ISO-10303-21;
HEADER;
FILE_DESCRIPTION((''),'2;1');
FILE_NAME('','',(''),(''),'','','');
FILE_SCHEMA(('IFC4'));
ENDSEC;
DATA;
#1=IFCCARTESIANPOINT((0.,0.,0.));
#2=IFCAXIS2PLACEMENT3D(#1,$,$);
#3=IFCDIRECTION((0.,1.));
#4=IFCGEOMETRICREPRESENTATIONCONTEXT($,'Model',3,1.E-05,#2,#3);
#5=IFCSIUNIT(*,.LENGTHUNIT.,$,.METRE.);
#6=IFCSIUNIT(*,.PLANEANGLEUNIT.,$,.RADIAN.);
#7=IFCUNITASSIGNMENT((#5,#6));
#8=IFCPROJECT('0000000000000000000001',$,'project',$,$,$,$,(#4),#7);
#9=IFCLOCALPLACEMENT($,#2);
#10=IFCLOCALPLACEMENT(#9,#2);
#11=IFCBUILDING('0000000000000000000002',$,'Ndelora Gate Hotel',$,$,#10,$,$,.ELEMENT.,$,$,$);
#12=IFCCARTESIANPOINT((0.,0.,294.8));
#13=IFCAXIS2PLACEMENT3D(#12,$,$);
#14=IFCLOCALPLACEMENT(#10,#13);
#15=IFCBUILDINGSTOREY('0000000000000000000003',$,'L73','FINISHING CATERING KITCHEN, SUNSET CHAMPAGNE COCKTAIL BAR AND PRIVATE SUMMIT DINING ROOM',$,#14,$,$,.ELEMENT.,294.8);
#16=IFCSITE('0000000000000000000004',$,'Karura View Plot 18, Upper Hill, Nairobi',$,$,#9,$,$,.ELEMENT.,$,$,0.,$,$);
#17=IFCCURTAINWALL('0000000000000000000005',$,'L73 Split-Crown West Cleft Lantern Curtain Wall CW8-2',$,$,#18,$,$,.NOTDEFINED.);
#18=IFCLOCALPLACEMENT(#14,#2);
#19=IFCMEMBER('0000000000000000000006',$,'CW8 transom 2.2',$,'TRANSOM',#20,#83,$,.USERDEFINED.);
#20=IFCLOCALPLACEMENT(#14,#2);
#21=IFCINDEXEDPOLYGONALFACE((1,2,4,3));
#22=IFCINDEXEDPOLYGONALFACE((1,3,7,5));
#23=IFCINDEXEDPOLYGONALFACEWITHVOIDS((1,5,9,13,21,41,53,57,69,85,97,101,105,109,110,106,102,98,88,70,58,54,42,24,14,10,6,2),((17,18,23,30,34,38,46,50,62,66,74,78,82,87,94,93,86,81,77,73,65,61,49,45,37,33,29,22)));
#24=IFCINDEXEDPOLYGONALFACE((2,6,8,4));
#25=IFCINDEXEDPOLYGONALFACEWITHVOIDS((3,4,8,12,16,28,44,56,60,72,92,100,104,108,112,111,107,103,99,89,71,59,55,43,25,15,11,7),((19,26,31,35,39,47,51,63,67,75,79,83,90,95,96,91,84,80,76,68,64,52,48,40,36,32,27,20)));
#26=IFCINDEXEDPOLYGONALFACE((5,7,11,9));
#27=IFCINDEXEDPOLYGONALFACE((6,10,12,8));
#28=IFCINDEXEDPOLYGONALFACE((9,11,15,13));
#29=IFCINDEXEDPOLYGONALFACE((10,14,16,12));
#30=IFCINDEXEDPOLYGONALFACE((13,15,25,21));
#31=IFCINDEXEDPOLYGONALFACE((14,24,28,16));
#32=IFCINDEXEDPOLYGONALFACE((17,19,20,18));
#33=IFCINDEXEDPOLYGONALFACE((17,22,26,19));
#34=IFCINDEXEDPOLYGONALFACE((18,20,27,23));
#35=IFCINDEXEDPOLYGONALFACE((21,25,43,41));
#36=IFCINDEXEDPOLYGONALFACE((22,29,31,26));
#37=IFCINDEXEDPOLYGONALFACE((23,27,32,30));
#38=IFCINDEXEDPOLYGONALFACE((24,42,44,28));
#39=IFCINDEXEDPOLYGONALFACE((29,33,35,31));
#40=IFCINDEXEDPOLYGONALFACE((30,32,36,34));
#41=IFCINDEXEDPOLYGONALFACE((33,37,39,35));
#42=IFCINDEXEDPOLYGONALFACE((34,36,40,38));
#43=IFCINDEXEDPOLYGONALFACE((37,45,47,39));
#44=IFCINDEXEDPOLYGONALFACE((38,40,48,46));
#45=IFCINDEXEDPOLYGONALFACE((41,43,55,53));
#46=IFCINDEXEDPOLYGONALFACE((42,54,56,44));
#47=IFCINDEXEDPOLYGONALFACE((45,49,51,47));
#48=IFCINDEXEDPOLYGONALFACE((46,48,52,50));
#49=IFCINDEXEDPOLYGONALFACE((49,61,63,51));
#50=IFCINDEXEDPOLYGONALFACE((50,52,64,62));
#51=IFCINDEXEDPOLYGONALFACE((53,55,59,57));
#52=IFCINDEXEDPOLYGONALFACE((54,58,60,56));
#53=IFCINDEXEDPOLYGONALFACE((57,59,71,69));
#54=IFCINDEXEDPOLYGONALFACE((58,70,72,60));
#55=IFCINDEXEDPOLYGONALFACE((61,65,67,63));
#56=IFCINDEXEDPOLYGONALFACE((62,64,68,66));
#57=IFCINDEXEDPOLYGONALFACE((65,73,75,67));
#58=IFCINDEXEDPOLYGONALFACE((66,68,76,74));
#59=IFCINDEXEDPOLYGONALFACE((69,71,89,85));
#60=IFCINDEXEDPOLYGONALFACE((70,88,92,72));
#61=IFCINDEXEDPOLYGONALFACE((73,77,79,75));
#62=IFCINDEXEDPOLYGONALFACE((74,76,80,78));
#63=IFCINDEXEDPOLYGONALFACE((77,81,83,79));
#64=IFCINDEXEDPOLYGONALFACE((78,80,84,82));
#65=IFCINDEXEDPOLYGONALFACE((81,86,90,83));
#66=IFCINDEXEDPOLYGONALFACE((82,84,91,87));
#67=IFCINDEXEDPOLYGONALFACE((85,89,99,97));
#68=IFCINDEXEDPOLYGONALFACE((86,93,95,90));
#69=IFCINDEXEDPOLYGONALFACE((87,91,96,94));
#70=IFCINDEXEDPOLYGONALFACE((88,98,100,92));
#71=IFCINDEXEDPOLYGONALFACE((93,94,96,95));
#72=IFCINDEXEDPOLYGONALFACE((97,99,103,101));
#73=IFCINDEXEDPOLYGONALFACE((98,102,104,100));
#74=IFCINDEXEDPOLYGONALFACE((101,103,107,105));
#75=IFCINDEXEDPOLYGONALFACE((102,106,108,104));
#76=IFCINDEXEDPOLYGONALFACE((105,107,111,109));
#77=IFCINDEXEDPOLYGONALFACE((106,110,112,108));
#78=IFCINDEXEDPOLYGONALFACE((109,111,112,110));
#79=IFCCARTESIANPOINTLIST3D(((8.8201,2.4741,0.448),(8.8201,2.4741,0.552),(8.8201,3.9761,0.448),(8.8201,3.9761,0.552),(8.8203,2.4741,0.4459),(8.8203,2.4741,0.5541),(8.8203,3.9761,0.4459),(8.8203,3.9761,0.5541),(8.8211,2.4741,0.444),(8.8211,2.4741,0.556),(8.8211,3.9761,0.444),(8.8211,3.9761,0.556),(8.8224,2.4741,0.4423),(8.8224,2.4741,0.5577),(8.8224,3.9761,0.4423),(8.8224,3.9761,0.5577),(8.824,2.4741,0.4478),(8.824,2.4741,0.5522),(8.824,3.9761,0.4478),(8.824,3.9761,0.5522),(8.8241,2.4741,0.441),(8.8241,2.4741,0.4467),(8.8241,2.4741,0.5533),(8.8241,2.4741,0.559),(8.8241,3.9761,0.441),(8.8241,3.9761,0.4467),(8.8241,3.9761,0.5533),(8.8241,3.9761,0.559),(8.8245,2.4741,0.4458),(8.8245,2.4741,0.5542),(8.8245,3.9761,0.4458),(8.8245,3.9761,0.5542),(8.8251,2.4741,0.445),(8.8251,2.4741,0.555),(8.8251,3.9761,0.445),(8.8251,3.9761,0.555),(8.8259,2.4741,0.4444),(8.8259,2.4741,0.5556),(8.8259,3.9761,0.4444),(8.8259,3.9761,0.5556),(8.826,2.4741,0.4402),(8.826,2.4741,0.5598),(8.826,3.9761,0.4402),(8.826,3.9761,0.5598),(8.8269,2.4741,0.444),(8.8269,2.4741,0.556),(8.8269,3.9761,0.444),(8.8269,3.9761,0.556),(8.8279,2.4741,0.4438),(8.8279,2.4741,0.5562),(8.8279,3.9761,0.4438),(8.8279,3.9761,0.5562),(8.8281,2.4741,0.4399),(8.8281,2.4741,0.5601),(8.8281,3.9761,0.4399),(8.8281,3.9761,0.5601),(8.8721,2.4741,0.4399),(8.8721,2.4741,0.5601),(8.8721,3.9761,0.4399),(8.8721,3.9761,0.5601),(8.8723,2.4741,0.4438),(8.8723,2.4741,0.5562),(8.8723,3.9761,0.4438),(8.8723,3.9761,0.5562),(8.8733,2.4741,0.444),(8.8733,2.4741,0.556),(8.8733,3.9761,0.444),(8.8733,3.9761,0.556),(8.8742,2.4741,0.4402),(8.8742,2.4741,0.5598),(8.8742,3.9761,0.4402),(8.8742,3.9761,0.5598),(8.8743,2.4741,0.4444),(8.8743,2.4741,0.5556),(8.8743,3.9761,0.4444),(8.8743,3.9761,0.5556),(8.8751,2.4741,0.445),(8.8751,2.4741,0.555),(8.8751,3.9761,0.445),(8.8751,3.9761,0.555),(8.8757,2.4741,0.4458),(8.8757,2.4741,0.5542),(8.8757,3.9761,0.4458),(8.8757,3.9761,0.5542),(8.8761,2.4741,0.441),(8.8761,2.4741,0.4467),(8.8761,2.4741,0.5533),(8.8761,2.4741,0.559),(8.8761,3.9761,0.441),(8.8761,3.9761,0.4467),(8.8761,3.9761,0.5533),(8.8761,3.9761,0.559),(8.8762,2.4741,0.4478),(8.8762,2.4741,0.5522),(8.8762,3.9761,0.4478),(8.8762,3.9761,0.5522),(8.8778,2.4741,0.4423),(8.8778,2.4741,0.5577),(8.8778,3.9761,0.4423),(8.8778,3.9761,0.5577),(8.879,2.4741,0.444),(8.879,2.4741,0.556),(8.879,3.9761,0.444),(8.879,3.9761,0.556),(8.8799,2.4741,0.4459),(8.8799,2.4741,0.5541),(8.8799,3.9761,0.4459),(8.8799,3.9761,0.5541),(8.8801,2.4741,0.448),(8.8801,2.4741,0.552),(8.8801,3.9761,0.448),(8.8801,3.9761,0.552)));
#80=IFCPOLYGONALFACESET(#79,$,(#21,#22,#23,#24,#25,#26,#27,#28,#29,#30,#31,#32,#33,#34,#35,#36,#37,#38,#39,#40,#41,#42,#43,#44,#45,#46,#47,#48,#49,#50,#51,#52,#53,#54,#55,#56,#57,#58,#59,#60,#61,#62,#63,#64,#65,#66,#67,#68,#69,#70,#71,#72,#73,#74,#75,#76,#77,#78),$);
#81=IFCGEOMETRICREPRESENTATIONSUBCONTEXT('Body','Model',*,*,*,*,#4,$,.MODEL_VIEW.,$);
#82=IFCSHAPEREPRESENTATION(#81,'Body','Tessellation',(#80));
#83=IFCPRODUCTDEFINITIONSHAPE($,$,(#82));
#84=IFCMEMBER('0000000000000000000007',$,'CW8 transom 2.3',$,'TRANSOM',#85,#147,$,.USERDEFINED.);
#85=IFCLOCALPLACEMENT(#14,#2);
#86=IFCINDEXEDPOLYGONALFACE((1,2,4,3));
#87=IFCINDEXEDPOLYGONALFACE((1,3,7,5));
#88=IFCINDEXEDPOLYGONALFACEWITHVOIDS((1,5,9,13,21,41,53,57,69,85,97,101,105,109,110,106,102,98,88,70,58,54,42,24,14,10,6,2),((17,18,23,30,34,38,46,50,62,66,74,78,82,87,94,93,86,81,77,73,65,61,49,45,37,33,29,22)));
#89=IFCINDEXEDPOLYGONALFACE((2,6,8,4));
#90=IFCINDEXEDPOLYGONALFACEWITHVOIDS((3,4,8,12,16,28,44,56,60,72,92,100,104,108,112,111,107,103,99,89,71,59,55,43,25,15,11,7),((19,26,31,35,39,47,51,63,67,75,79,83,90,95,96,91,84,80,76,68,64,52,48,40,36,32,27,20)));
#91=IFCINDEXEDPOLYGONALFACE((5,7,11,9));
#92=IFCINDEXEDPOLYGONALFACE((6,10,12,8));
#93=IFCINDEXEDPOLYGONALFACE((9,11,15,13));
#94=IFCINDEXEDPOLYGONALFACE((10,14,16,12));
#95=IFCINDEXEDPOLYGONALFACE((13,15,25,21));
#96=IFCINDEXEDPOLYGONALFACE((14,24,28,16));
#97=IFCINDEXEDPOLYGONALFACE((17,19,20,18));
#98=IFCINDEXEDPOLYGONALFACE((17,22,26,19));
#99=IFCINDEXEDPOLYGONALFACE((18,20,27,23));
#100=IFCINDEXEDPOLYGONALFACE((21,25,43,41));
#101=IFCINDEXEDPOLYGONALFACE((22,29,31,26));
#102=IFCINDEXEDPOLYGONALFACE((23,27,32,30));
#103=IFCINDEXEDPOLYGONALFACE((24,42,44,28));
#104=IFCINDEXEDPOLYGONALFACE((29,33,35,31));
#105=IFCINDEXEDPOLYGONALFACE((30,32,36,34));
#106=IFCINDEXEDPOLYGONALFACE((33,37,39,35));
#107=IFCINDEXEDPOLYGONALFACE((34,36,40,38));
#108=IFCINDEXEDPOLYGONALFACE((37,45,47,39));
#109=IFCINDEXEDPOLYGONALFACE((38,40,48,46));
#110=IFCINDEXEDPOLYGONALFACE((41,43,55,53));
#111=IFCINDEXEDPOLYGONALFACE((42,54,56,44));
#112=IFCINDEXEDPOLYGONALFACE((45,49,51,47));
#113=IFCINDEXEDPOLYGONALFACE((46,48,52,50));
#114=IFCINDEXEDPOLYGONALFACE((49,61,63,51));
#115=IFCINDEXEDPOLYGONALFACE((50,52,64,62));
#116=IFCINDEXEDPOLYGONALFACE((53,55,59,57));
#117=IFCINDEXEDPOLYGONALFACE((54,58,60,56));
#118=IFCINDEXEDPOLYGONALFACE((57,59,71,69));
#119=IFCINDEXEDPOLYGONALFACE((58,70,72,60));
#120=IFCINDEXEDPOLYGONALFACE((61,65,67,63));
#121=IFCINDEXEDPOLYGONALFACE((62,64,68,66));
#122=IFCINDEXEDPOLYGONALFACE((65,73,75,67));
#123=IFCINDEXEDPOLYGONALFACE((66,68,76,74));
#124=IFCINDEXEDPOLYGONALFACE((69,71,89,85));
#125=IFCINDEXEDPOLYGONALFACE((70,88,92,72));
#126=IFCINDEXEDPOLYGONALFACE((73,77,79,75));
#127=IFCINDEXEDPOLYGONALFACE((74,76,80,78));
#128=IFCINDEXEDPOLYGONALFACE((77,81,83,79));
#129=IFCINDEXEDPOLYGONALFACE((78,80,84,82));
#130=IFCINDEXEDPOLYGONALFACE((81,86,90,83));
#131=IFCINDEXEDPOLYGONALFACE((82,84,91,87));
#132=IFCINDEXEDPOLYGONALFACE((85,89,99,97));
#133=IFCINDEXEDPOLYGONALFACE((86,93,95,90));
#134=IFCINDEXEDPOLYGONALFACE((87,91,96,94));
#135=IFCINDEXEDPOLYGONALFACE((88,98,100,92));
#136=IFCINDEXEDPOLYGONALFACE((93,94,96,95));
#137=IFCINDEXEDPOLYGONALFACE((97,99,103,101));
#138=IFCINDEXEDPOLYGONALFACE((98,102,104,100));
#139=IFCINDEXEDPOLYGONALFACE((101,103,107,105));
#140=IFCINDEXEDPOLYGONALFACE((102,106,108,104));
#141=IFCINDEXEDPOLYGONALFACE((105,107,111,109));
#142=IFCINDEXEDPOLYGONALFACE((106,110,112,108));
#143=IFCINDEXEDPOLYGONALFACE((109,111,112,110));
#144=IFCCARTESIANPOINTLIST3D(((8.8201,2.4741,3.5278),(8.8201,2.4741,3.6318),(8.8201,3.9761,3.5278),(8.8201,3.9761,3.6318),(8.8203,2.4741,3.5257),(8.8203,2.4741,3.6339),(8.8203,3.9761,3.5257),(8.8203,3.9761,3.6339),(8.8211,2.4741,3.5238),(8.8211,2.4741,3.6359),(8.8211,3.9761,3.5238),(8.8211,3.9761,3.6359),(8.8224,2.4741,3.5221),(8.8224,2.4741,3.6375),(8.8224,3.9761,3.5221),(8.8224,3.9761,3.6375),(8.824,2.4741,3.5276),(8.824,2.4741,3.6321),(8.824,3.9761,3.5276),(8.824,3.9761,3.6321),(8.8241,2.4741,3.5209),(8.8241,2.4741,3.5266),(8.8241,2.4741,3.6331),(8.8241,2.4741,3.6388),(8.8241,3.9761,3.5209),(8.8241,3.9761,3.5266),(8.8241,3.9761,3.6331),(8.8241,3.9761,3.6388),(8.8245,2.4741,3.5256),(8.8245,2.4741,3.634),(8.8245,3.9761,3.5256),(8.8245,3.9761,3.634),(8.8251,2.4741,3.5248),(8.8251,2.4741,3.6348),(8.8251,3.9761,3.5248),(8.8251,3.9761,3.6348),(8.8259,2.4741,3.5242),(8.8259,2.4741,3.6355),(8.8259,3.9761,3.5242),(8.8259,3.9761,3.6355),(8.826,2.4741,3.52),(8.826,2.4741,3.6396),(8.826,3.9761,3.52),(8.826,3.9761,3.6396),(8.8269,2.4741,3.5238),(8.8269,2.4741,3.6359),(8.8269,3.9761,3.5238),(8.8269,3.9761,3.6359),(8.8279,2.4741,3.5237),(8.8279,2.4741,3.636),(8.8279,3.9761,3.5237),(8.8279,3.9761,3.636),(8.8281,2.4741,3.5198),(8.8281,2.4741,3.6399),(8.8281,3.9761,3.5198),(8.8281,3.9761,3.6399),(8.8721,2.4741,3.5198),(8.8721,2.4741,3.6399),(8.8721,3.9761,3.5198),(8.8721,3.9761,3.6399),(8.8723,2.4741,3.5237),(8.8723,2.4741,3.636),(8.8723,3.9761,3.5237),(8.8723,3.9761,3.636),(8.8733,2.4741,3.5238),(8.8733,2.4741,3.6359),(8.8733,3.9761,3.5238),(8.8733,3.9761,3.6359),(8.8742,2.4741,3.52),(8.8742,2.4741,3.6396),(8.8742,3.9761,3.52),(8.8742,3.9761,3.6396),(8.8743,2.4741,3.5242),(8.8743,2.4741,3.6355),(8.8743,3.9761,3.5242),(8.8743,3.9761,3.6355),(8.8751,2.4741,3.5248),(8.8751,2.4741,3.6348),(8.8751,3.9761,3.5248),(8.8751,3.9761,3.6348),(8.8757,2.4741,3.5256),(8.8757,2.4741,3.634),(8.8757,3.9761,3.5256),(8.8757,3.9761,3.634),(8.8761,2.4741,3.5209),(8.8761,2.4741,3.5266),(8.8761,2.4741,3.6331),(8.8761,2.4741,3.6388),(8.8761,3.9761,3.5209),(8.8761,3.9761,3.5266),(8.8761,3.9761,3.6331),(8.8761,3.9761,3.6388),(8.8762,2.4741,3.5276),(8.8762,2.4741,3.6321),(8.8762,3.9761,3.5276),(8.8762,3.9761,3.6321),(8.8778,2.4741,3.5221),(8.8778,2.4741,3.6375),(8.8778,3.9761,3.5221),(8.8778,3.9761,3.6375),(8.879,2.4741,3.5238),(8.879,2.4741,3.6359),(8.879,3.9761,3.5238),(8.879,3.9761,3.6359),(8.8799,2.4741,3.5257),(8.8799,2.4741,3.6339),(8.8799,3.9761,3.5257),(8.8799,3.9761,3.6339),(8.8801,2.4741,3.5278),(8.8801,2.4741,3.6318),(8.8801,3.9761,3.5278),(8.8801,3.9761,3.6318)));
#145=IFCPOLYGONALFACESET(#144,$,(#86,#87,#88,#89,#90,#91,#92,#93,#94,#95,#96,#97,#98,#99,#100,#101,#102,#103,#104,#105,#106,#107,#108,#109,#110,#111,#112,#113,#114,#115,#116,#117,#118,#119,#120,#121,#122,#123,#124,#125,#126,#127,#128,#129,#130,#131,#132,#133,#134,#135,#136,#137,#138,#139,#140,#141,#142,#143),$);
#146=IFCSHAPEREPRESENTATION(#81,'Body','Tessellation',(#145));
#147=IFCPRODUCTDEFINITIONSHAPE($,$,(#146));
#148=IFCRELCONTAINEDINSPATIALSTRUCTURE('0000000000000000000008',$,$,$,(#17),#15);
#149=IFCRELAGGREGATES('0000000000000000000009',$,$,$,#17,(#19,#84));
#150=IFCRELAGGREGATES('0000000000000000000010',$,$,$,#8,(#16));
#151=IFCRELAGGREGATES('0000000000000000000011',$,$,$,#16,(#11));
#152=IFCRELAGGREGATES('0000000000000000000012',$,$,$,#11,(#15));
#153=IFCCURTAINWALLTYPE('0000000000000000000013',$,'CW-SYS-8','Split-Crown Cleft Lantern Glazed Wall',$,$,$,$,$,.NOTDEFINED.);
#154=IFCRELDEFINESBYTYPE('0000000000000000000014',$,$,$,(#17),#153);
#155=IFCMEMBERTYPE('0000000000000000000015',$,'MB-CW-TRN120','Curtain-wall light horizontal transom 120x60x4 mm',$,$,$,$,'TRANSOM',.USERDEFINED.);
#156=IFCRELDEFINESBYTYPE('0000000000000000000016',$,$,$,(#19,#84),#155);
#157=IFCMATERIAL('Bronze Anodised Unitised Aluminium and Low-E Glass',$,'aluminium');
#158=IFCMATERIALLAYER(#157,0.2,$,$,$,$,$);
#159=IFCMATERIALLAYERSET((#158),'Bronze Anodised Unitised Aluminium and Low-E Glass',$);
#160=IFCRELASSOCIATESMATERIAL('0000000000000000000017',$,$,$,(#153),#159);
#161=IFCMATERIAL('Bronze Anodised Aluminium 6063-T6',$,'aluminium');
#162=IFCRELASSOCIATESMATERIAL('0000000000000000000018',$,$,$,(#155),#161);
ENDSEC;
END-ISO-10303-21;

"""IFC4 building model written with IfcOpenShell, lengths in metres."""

from ifc_helpers import new_model, si_unit, direction, frame, origin, origin_2d, place, context, subcontext, project, spatial, hollow_rectangle, extrude, material, layer, layer_set, material_profile, profile_set, type_object, element, aggregate, save


model = new_model("IFC4")

# Units and contexts
model_context = context("Model", 3, precision=1e-05, world=origin(), true_north=direction((0.0, 1.0)))
body_context = subcontext(model_context, "Body", "Model", "MODEL_VIEW")
ifc_project = project(units=[si_unit("LENGTHUNIT", "METRE"), si_unit("PLANEANGLEUNIT", "RADIAN")], contexts=[model_context])

# Site, building, storey
site_placement = place(None, origin())
site = spatial("IfcSite", under=ifc_project, at=site_placement, Name="Karura View Plot 18, Upper Hill, Nairobi", CompositionType="ELEMENT", RefElevation=0.0)
building_placement = place(site_placement, origin())
building = spatial("IfcBuilding", under=site, at=building_placement, Name="Ndelora Gate Hotel", CompositionType="ELEMENT")
storey_placement = place(building_placement, frame((0.0, 0.0, 294.8)))
storey = spatial("IfcBuildingStorey", under=building, at=storey_placement, Name="L73", Description="FINISHING CATERING KITCHEN, SUNSET CHAMPAGNE COCKTAIL BAR AND PRIVATE SUMMIT DINING ROOM", CompositionType="ELEMENT", Elevation=294.8)

# Curtain wall, members
ifc_material_1 = material(Name="Bronze Anodised Unitised Aluminium and Low-E Glass", Category="aluminium")
ifc_layer_1 = layer(ifc_material_1, 0.2)
ifc_layer_set_1 = layer_set([ifc_layer_1], Name="Bronze Anodised Unitised Aluminium and Low-E Glass")
curtain_wall_type = type_object("IfcCurtainWallType", Name="CW-SYS-8", Description="Split-Crown Cleft Lantern Glazed Wall", PredefinedType="NOTDEFINED", material=ifc_layer_set_1)
curtain_wall_1_placement = place(storey_placement, origin())
curtain_wall_1 = element("IfcCurtainWall", 1, at=curtain_wall_1_placement, inside=storey, type_object=curtain_wall_type, Name="L73 Split-Crown West Cleft Lantern Curtain Wall CW8-2", PredefinedType="NOTDEFINED")
ifc_material_2 = material(Name="Bronze Anodised Aluminium 6063-T6", Category="aluminium")
ifc_material_profile_1 = material_profile(ifc_material_2, hollow_rectangle(XDim=0.0601, YDim=0.1201, WallThickness=0.0039, InnerFilletRadius=0.0039, OuterFilletRadius=0.0081, at=origin_2d()), Name="ALU 120x60x4")
ifc_profile_set_1 = profile_set([ifc_material_profile_1], Name="Bronze Anodised Aluminium 6063-T6")
member_type_1 = type_object("IfcMemberType", Name="MB-CW-TRN120", Description="Curtain-wall light horizontal transom 120x60x4 mm", ElementType="TRANSOM", PredefinedType="USERDEFINED", material=ifc_profile_set_1)
member_1_placement = place(storey_placement, frame((8.8501, 2.4741, 0.5), z_axis=(0.0, 1.0, 0.0), x_axis=(-1.0, 0.0, 0.0)))
member_1 = element("IfcMember", 2, at=member_1_placement, type_object=member_type_1, Name="CW8 transom 2.2", ObjectType="TRANSOM", PredefinedType="USERDEFINED", context=body_context, shape_type="SweptSolid", body=[
    extrude(hollow_rectangle(XDim=0.0601, YDim=0.1201, WallThickness=0.0039, InnerFilletRadius=0.0039, OuterFilletRadius=0.0081, at=origin_2d()), origin(), (0.0, 0.0, 1.0), 1.502),
])
member_2_placement = place(storey_placement, frame((8.8501, 2.4741, 3.5798), z_axis=(0.0, 1.0, 0.0), x_axis=(-1.0, 0.0, 0.0)))
member_2 = element("IfcMember", 3, at=member_2_placement, type_object=member_type_1, Name="CW8 transom 2.3", ObjectType="TRANSOM", PredefinedType="USERDEFINED", context=body_context, shape_type="SweptSolid", body=[
    extrude(hollow_rectangle(XDim=0.0601, YDim=0.1201, WallThickness=0.0039, InnerFilletRadius=0.0039, OuterFilletRadius=0.0081, at=origin_2d()), origin(), (0.0, 0.0, 1.0), 1.502),
])

aggregate(curtain_wall_1, [member_1, member_2])

save(model, "model.ifc")
